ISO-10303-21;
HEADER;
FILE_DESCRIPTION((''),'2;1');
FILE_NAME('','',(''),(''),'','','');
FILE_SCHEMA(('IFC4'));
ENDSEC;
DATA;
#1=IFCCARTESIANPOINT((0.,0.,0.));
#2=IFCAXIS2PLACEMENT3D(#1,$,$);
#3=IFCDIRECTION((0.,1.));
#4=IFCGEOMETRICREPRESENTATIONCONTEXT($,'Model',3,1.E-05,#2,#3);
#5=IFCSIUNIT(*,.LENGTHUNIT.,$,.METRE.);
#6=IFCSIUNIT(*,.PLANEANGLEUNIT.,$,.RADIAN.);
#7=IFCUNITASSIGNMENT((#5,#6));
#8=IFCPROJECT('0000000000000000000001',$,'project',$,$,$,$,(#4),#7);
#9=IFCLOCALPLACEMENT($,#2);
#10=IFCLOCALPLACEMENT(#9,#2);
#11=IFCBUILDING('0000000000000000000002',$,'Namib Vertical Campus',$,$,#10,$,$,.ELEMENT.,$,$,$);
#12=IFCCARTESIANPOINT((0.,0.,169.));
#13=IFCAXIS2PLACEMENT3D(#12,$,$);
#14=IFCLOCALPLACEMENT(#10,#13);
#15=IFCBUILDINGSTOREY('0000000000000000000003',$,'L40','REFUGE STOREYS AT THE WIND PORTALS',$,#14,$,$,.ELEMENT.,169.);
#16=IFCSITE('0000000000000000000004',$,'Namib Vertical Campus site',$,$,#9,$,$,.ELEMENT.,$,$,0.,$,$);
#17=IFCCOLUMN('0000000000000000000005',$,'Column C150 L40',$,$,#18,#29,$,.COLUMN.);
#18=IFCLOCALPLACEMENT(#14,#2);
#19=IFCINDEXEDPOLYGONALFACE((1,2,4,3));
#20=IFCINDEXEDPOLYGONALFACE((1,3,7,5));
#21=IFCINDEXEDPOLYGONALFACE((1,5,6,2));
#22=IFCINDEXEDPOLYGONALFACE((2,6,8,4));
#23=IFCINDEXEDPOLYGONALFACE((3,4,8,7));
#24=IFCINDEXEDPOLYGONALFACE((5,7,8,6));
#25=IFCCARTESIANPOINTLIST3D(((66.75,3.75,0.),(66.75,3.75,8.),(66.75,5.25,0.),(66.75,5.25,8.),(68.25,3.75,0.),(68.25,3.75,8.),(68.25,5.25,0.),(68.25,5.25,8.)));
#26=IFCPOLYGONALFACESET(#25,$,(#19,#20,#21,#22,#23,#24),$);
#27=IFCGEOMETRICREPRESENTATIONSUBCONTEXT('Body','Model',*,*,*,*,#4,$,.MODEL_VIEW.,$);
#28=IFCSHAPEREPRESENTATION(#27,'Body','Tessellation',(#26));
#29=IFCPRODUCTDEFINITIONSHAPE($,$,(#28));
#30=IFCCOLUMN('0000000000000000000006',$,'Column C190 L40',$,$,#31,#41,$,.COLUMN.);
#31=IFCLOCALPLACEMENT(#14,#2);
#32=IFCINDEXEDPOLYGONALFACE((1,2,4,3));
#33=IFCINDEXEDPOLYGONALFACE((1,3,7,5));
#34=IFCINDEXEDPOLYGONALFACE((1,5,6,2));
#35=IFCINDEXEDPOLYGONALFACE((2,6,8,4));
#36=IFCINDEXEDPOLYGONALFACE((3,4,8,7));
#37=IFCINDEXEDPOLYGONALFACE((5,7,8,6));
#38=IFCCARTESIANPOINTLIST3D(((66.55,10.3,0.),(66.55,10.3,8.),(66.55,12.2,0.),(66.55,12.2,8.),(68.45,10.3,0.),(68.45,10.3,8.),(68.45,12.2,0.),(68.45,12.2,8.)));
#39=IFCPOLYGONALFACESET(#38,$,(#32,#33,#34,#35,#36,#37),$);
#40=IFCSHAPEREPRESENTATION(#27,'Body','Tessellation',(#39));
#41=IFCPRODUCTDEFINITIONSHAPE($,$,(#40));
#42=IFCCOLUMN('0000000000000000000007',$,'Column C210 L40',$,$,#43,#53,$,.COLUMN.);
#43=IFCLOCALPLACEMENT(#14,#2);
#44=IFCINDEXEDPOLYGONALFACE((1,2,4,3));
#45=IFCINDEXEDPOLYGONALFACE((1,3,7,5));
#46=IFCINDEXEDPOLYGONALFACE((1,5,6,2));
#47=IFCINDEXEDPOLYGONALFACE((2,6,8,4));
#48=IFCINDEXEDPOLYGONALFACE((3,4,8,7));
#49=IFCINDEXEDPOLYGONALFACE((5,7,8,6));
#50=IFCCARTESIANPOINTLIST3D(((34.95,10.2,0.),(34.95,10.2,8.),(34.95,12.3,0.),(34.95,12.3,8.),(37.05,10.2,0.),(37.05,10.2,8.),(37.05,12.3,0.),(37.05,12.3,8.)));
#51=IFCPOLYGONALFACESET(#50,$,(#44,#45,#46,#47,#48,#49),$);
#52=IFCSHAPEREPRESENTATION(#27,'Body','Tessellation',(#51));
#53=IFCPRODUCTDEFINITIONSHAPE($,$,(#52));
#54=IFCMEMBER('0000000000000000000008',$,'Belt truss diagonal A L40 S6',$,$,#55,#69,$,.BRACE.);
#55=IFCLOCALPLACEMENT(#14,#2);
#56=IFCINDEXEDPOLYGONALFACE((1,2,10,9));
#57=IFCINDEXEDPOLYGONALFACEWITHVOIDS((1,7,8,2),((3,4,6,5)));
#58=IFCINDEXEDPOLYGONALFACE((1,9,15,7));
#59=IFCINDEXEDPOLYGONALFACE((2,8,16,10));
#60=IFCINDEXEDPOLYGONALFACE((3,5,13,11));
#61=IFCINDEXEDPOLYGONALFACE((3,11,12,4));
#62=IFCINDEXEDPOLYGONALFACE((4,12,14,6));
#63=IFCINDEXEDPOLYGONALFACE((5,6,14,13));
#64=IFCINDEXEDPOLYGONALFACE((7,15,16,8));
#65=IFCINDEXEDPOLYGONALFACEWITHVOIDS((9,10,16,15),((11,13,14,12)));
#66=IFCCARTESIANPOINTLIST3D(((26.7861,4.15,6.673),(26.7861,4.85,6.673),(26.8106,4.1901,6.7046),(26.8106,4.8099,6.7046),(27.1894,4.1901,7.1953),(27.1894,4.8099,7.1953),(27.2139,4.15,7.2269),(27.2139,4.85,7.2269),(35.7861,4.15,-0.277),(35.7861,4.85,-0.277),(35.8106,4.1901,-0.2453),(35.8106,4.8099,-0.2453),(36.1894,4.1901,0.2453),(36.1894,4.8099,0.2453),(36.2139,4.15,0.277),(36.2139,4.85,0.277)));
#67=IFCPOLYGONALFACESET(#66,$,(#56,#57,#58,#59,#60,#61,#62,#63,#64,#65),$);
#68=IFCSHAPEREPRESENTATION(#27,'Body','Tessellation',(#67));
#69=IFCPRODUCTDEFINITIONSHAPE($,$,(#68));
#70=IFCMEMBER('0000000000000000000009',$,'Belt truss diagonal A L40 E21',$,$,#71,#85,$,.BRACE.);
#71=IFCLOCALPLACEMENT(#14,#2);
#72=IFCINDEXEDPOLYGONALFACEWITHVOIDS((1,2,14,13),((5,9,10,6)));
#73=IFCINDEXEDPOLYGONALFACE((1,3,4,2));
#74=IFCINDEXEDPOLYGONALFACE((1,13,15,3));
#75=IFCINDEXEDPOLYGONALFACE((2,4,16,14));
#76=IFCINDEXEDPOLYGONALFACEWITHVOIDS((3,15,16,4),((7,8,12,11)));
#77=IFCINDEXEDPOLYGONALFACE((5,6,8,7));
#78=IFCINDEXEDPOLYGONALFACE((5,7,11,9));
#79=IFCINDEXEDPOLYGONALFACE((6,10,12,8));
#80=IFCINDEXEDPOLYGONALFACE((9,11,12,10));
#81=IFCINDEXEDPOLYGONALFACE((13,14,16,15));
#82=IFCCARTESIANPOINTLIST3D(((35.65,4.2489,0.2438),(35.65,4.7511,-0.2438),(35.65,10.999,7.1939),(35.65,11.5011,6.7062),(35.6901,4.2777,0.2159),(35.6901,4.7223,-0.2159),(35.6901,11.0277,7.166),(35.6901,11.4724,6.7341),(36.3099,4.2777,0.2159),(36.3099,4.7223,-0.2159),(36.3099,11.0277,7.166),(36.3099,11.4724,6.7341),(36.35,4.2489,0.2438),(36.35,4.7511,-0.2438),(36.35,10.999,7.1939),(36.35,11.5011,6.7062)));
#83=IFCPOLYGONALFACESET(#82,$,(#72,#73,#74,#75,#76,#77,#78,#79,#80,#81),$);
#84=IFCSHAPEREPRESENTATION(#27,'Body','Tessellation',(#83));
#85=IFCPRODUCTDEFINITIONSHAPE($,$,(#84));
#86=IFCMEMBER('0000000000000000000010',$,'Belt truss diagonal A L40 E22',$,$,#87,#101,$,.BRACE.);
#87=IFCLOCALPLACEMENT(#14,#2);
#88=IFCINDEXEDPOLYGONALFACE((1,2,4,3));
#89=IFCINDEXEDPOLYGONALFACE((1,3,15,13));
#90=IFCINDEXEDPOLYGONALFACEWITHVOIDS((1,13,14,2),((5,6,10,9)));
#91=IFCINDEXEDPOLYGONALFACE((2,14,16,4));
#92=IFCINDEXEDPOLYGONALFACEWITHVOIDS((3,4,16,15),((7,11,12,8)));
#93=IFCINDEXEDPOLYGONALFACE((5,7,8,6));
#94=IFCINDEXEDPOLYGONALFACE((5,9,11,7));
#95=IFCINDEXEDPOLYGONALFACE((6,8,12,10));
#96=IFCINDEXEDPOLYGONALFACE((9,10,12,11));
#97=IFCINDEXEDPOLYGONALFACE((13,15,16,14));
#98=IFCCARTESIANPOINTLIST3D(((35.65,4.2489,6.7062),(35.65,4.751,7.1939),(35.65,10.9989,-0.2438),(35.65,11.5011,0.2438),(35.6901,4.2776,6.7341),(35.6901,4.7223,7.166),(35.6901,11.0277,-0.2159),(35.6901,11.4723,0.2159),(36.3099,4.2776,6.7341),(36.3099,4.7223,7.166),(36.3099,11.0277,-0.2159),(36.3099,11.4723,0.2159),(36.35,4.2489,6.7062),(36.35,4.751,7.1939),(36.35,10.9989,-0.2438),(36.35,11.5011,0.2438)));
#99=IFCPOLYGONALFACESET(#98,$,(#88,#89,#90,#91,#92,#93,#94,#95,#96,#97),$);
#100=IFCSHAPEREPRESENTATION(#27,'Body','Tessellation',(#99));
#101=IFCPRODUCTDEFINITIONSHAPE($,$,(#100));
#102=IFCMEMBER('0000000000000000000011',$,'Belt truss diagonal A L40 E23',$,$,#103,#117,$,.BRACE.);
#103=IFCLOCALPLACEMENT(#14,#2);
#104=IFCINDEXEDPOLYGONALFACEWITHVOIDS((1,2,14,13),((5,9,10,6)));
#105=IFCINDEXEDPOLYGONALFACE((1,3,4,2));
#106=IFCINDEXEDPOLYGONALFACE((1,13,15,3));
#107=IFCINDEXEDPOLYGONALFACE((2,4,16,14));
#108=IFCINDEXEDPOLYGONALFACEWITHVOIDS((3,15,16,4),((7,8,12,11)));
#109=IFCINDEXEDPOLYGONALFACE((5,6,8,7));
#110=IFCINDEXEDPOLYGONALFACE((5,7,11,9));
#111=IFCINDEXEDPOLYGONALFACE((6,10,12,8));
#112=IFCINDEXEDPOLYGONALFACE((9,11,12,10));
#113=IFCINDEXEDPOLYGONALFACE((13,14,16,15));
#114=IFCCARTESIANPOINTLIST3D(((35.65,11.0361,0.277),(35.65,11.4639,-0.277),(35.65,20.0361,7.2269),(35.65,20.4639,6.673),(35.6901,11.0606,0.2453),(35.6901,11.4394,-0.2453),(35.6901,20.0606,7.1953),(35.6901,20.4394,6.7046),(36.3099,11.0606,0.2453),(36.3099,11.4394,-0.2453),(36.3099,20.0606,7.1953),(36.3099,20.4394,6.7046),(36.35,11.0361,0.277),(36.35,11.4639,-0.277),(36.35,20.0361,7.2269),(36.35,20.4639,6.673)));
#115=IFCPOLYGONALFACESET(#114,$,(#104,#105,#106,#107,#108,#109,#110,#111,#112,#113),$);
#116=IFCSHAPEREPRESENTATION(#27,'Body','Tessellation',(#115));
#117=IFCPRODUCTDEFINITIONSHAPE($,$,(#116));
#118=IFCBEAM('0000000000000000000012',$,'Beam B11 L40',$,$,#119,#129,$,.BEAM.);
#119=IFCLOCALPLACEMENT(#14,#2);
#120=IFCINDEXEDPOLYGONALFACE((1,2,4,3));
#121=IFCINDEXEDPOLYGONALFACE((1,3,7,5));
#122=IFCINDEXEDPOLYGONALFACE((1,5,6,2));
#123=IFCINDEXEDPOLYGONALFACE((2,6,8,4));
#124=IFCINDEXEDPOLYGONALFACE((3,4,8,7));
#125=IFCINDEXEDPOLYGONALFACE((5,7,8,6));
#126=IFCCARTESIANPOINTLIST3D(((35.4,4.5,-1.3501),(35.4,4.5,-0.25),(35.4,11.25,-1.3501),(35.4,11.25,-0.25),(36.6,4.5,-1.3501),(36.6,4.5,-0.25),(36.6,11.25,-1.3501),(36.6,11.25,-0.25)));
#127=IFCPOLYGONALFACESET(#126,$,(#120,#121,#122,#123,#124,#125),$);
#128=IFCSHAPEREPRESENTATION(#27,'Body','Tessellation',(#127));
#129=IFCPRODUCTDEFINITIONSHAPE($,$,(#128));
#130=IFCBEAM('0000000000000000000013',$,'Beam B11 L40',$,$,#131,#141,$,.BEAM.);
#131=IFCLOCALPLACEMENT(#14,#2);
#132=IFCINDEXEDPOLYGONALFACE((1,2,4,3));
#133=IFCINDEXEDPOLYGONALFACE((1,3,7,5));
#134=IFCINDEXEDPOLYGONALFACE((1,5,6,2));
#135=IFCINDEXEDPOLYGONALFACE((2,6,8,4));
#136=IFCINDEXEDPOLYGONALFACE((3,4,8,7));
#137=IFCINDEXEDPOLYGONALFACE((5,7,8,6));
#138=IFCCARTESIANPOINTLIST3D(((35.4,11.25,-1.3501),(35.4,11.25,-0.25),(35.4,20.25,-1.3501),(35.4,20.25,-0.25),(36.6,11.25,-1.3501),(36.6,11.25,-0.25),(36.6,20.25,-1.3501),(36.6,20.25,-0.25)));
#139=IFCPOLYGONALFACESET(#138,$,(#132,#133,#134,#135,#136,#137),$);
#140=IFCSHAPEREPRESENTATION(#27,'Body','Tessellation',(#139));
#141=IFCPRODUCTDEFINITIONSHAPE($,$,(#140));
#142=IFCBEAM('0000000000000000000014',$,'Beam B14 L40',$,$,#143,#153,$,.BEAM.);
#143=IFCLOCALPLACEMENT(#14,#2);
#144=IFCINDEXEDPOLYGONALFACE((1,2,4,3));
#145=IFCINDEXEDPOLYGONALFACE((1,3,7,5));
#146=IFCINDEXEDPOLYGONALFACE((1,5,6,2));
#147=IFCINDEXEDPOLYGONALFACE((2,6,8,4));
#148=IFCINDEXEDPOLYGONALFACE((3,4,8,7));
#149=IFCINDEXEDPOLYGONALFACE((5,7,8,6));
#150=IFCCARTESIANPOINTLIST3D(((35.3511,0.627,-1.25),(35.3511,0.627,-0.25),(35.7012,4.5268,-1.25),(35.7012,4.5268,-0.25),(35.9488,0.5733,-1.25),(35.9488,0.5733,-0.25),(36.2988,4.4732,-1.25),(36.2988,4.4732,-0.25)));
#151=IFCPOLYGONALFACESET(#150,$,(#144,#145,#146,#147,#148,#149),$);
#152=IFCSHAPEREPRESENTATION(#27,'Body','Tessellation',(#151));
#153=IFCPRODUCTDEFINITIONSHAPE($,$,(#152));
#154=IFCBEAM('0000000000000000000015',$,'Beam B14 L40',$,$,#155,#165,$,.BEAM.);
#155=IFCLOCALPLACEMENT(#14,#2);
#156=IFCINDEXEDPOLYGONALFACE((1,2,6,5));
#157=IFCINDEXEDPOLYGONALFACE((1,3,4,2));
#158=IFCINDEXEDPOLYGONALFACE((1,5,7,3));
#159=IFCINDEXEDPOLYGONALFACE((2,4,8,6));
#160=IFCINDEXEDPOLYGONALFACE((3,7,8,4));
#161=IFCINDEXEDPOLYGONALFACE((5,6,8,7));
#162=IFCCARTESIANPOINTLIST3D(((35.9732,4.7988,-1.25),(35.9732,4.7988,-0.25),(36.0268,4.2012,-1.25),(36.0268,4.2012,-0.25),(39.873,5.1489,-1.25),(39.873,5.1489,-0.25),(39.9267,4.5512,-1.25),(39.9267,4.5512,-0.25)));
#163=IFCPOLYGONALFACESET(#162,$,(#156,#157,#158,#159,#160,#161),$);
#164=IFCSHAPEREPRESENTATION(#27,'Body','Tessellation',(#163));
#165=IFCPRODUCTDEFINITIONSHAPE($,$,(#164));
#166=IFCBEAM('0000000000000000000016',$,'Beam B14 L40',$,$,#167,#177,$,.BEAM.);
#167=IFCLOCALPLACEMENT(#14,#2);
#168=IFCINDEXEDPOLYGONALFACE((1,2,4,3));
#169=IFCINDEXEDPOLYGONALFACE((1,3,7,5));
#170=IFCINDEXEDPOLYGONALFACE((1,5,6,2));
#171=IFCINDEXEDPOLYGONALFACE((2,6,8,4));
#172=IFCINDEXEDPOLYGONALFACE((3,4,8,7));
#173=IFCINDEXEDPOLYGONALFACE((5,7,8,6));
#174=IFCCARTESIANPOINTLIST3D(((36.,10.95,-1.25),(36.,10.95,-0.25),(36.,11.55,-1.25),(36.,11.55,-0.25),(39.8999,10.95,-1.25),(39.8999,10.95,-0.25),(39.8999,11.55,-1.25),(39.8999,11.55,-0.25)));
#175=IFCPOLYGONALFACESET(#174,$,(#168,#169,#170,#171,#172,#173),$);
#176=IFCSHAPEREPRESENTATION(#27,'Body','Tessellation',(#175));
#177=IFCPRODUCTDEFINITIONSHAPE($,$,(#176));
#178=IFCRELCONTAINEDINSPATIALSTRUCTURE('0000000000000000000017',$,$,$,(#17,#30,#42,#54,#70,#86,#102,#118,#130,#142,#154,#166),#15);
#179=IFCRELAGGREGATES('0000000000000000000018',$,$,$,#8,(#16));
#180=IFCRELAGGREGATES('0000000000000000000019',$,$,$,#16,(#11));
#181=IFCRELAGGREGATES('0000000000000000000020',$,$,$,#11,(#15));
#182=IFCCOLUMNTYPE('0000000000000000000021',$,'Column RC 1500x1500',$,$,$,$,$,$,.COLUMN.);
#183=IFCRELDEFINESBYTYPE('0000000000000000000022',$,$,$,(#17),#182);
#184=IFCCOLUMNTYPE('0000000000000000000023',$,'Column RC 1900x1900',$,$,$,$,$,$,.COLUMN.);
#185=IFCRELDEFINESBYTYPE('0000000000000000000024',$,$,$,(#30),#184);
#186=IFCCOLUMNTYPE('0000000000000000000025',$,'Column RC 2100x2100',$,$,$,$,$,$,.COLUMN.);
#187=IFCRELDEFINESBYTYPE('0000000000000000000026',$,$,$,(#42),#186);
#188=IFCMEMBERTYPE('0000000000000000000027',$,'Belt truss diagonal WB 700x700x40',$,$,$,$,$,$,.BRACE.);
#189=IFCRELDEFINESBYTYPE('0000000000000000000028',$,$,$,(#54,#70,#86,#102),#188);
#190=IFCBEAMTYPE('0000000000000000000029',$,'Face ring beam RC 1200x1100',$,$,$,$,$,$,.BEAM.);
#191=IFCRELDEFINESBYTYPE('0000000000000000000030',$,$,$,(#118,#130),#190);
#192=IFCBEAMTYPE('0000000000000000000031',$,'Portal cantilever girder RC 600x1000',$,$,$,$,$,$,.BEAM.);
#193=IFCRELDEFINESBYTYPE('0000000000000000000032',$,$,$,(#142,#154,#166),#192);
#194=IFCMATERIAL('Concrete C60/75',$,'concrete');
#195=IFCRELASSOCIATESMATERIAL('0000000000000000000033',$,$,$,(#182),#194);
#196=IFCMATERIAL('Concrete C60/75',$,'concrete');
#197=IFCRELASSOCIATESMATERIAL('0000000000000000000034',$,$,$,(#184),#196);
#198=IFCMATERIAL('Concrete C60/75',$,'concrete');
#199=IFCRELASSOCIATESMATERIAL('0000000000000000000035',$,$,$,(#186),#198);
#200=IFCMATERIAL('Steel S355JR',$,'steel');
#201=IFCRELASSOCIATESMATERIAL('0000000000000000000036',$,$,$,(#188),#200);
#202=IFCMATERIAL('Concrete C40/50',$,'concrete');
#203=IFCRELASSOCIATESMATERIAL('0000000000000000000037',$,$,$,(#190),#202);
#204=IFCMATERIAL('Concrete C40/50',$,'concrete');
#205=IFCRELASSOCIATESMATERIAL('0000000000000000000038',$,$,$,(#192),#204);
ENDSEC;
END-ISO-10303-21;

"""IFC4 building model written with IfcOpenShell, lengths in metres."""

from ifc_helpers import new_model, si_unit, direction, frame, origin, origin_2d, place, context, subcontext, project, spatial, rectangle, hollow_rectangle, extrude, material, material_profile, profile_set, type_object, element, save


model = new_model("IFC4")

# Units and contexts
model_context = context("Model", 3, precision=1e-05, world=origin(), true_north=direction((0.0, 1.0)))
body_context = subcontext(model_context, "Body", "Model", "MODEL_VIEW")
ifc_project = project(units=[si_unit("LENGTHUNIT", "METRE"), si_unit("PLANEANGLEUNIT", "RADIAN")], contexts=[model_context])

# Site, building, storey
site_placement = place(None, origin())
site = spatial("IfcSite", under=ifc_project, at=site_placement, Name="Namib Vertical Campus site", CompositionType="ELEMENT", RefElevation=0.0)
building_placement = place(site_placement, origin())
building = spatial("IfcBuilding", under=site, at=building_placement, Name="Namib Vertical Campus", CompositionType="ELEMENT")
storey_placement = place(building_placement, frame((0.0, 0.0, 169.0)))
storey = spatial("IfcBuildingStorey", under=building, at=storey_placement, Name="L40", Description="REFUGE STOREYS AT THE WIND PORTALS", CompositionType="ELEMENT", Elevation=169.0)

# Columns
ifc_material_1 = material(Name="Concrete C60/75", Category="concrete")
ifc_material_profile_1 = material_profile(ifc_material_1, rectangle(XDim=1.5, YDim=1.5, at=origin_2d()))
ifc_profile_set_1 = profile_set([ifc_material_profile_1], Name="Concrete C60/75")
column_type_1 = type_object("IfcColumnType", Name="Column RC 1500x1500", PredefinedType="COLUMN", material=ifc_profile_set_1)
column_1_placement = place(storey_placement, frame((67.5, 4.5, 0.0), z_axis=(0.0, 0.0, 1.0), x_axis=(1.0, 0.0, 0.0)))
element("IfcColumn", 1, at=column_1_placement, inside=storey, type_object=column_type_1, Name="Column C150 L40", PredefinedType="COLUMN", context=body_context, shape_type="SweptSolid", body=[
    extrude(rectangle(XDim=1.5, YDim=1.5, at=origin_2d()), origin(), (0.0, 0.0, 1.0), 8.0),
])
ifc_material_2 = material(Name="Concrete C60/75", Category="concrete")
ifc_material_profile_2 = material_profile(ifc_material_2, rectangle(XDim=1.8999, YDim=1.8999, at=origin_2d()))
ifc_profile_set_2 = profile_set([ifc_material_profile_2], Name="Concrete C60/75")
column_type_2 = type_object("IfcColumnType", Name="Column RC 1900x1900", PredefinedType="COLUMN", material=ifc_profile_set_2)
column_2_placement = place(storey_placement, frame((67.5, 11.25, 0.0), z_axis=(0.0, 0.0, 1.0), x_axis=(1.0, 0.0, 0.0)))
element("IfcColumn", 2, at=column_2_placement, inside=storey, type_object=column_type_2, Name="Column C190 L40", PredefinedType="COLUMN", context=body_context, shape_type="SweptSolid", body=[
    extrude(rectangle(XDim=1.8999, YDim=1.8999, at=origin_2d()), origin(), (0.0, 0.0, 1.0), 8.0),
])
ifc_material_3 = material(Name="Concrete C60/75", Category="concrete")
ifc_material_profile_3 = material_profile(ifc_material_3, rectangle(XDim=2.1001, YDim=2.1001, at=origin_2d()))
ifc_profile_set_3 = profile_set([ifc_material_profile_3], Name="Concrete C60/75")
column_type_3 = type_object("IfcColumnType", Name="Column RC 2100x2100", PredefinedType="COLUMN", material=ifc_profile_set_3)
column_3_placement = place(storey_placement, frame((36.0, 11.25, 0.0), z_axis=(0.0, 0.0, 1.0), x_axis=(1.0, 0.0, 0.0)))
element("IfcColumn", 3, at=column_3_placement, inside=storey, type_object=column_type_3, Name="Column C210 L40", PredefinedType="COLUMN", context=body_context, shape_type="SweptSolid", body=[
    extrude(rectangle(XDim=2.1001, YDim=2.1001, at=origin_2d()), origin(), (0.0, 0.0, 1.0), 8.0),
])

# Members
ifc_material_4 = material(Name="Steel S355JR", Category="steel")
ifc_material_profile_4 = material_profile(ifc_material_4, hollow_rectangle(XDim=0.7, YDim=0.7, WallThickness=0.04, at=origin_2d()))
ifc_profile_set_4 = profile_set([ifc_material_profile_4], Name="Steel S355JR")
member_type = type_object("IfcMemberType", Name="Belt truss diagonal WB 700x700x40", PredefinedType="BRACE", material=ifc_profile_set_4)
member_1_placement = place(storey_placement, frame((36.0, 4.5, 0.0), z_axis=(-0.79148, 0.0, 0.611194), x_axis=(0.0, -1.0, 0.0)))
element("IfcMember", 4, at=member_1_placement, inside=storey, type_object=member_type, Name="Belt truss diagonal A L40 S6", PredefinedType="BRACE", context=body_context, shape_type="SweptSolid", body=[
    extrude(hollow_rectangle(XDim=0.7, YDim=0.7, WallThickness=0.04, at=origin_2d()), origin(), (0.0, 0.0, 1.0), 11.3711),
])
for number, where, z_axis, x_axis, name in (
    (5, (36.0, 4.5, 0.0), (0.0, 0.696712, 0.717351), (-1.0, 0.0, 0.0), "Belt truss diagonal A L40 E21"),
    (6, (36.0, 11.25, 0.0), (0.0, -0.696712, 0.717351), (1.0, 0.0, 0.0), "Belt truss diagonal A L40 E22"),
):
    element("IfcMember", number, at=place(storey_placement, frame(where, z_axis=z_axis, x_axis=x_axis)), inside=storey, type_object=member_type, Name=name, PredefinedType="BRACE", context=body_context, shape_type="SweptSolid", body=[
        extrude(hollow_rectangle(XDim=0.7, YDim=0.7, WallThickness=0.04, at=origin_2d()), origin(), (0.0, 0.0, 1.0), 9.6885),
    ])
member_2_placement = place(storey_placement, frame((36.0, 11.25, 0.0), z_axis=(0.0, 0.79148, 0.611194), x_axis=(-1.0, 0.0, 0.0)))
element("IfcMember", 7, at=member_2_placement, inside=storey, type_object=member_type, Name="Belt truss diagonal A L40 E23", PredefinedType="BRACE", context=body_context, shape_type="SweptSolid", body=[
    extrude(hollow_rectangle(XDim=0.7, YDim=0.7, WallThickness=0.04, at=origin_2d()), origin(), (0.0, 0.0, 1.0), 11.3711),
])

# Beams
ifc_material_5 = material(Name="Concrete C40/50", Category="concrete")
ifc_material_profile_5 = material_profile(ifc_material_5, rectangle(XDim=1.2, YDim=1.1001, at=origin_2d()))
ifc_profile_set_5 = profile_set([ifc_material_profile_5], Name="Concrete C40/50")
beam_type_1 = type_object("IfcBeamType", Name="Face ring beam RC 1200x1100", PredefinedType="BEAM", material=ifc_profile_set_5)
beam_1_placement = place(storey_placement, frame((36.0, 4.5, -0.8), z_axis=(0.0, 1.0, 0.0), x_axis=(-1.0, 0.0, 0.0)))
element("IfcBeam", 8, at=beam_1_placement, inside=storey, type_object=beam_type_1, Name="Beam B11 L40", PredefinedType="BEAM", context=body_context, shape_type="SweptSolid", body=[
    extrude(rectangle(XDim=1.2, YDim=1.1001, at=origin_2d()), origin(), (0.0, 0.0, 1.0), 6.75),
])
beam_2_placement = place(storey_placement, frame((36.0, 11.25, -0.8), z_axis=(0.0, 1.0, 0.0), x_axis=(-1.0, 0.0, 0.0)))
element("IfcBeam", 9, at=beam_2_placement, inside=storey, type_object=beam_type_1, Name="Beam B11 L40", PredefinedType="BEAM", context=body_context, shape_type="SweptSolid", body=[
    extrude(rectangle(XDim=1.2, YDim=1.1001, at=origin_2d()), origin(), (0.0, 0.0, 1.0), 9.0),
])
ifc_material_6 = material(Name="Concrete C40/50", Category="concrete")
ifc_material_profile_6 = material_profile(ifc_material_6, rectangle(XDim=0.6001, YDim=1.0, at=origin_2d()))
ifc_profile_set_6 = profile_set([ifc_material_profile_6], Name="Concrete C40/50")
beam_type_2 = type_object("IfcBeamType", Name="Portal cantilever girder RC 600x1000", PredefinedType="BEAM", material=ifc_profile_set_6)
for number, where, z_axis, x_axis, name in (
    (10, (36.0, 4.5, -0.75), (-0.089411, -0.995995, 0.0), (0.995995, -0.089411, 0.0), "Beam B14 L40"),
    (11, (36.0, 4.5, -0.75), (0.995995, 0.089411, 0.0), (-0.089411, 0.995995, 0.0), "Beam B14 L40"),
):
    element("IfcBeam", number, at=place(storey_placement, frame(where, z_axis=z_axis, x_axis=x_axis)), inside=storey, type_object=beam_type_2, Name=name, PredefinedType="BEAM", context=body_context, shape_type="SweptSolid", body=[
        extrude(rectangle(XDim=0.6001, YDim=1.0, at=origin_2d()), origin(), (0.0, 0.0, 1.0), 3.9155),
    ])
beam_3_placement = place(storey_placement, frame((36.0, 11.25, -0.75), z_axis=(1.0, 0.0, 0.0), x_axis=(0.0, 1.0, 0.0)))
element("IfcBeam", 12, at=beam_3_placement, inside=storey, type_object=beam_type_2, Name="Beam B14 L40", PredefinedType="BEAM", context=body_context, shape_type="SweptSolid", body=[
    extrude(rectangle(XDim=0.6001, YDim=1.0, at=origin_2d()), origin(), (0.0, 0.0, 1.0), 3.8999),
])

save(model, "model.ifc")
